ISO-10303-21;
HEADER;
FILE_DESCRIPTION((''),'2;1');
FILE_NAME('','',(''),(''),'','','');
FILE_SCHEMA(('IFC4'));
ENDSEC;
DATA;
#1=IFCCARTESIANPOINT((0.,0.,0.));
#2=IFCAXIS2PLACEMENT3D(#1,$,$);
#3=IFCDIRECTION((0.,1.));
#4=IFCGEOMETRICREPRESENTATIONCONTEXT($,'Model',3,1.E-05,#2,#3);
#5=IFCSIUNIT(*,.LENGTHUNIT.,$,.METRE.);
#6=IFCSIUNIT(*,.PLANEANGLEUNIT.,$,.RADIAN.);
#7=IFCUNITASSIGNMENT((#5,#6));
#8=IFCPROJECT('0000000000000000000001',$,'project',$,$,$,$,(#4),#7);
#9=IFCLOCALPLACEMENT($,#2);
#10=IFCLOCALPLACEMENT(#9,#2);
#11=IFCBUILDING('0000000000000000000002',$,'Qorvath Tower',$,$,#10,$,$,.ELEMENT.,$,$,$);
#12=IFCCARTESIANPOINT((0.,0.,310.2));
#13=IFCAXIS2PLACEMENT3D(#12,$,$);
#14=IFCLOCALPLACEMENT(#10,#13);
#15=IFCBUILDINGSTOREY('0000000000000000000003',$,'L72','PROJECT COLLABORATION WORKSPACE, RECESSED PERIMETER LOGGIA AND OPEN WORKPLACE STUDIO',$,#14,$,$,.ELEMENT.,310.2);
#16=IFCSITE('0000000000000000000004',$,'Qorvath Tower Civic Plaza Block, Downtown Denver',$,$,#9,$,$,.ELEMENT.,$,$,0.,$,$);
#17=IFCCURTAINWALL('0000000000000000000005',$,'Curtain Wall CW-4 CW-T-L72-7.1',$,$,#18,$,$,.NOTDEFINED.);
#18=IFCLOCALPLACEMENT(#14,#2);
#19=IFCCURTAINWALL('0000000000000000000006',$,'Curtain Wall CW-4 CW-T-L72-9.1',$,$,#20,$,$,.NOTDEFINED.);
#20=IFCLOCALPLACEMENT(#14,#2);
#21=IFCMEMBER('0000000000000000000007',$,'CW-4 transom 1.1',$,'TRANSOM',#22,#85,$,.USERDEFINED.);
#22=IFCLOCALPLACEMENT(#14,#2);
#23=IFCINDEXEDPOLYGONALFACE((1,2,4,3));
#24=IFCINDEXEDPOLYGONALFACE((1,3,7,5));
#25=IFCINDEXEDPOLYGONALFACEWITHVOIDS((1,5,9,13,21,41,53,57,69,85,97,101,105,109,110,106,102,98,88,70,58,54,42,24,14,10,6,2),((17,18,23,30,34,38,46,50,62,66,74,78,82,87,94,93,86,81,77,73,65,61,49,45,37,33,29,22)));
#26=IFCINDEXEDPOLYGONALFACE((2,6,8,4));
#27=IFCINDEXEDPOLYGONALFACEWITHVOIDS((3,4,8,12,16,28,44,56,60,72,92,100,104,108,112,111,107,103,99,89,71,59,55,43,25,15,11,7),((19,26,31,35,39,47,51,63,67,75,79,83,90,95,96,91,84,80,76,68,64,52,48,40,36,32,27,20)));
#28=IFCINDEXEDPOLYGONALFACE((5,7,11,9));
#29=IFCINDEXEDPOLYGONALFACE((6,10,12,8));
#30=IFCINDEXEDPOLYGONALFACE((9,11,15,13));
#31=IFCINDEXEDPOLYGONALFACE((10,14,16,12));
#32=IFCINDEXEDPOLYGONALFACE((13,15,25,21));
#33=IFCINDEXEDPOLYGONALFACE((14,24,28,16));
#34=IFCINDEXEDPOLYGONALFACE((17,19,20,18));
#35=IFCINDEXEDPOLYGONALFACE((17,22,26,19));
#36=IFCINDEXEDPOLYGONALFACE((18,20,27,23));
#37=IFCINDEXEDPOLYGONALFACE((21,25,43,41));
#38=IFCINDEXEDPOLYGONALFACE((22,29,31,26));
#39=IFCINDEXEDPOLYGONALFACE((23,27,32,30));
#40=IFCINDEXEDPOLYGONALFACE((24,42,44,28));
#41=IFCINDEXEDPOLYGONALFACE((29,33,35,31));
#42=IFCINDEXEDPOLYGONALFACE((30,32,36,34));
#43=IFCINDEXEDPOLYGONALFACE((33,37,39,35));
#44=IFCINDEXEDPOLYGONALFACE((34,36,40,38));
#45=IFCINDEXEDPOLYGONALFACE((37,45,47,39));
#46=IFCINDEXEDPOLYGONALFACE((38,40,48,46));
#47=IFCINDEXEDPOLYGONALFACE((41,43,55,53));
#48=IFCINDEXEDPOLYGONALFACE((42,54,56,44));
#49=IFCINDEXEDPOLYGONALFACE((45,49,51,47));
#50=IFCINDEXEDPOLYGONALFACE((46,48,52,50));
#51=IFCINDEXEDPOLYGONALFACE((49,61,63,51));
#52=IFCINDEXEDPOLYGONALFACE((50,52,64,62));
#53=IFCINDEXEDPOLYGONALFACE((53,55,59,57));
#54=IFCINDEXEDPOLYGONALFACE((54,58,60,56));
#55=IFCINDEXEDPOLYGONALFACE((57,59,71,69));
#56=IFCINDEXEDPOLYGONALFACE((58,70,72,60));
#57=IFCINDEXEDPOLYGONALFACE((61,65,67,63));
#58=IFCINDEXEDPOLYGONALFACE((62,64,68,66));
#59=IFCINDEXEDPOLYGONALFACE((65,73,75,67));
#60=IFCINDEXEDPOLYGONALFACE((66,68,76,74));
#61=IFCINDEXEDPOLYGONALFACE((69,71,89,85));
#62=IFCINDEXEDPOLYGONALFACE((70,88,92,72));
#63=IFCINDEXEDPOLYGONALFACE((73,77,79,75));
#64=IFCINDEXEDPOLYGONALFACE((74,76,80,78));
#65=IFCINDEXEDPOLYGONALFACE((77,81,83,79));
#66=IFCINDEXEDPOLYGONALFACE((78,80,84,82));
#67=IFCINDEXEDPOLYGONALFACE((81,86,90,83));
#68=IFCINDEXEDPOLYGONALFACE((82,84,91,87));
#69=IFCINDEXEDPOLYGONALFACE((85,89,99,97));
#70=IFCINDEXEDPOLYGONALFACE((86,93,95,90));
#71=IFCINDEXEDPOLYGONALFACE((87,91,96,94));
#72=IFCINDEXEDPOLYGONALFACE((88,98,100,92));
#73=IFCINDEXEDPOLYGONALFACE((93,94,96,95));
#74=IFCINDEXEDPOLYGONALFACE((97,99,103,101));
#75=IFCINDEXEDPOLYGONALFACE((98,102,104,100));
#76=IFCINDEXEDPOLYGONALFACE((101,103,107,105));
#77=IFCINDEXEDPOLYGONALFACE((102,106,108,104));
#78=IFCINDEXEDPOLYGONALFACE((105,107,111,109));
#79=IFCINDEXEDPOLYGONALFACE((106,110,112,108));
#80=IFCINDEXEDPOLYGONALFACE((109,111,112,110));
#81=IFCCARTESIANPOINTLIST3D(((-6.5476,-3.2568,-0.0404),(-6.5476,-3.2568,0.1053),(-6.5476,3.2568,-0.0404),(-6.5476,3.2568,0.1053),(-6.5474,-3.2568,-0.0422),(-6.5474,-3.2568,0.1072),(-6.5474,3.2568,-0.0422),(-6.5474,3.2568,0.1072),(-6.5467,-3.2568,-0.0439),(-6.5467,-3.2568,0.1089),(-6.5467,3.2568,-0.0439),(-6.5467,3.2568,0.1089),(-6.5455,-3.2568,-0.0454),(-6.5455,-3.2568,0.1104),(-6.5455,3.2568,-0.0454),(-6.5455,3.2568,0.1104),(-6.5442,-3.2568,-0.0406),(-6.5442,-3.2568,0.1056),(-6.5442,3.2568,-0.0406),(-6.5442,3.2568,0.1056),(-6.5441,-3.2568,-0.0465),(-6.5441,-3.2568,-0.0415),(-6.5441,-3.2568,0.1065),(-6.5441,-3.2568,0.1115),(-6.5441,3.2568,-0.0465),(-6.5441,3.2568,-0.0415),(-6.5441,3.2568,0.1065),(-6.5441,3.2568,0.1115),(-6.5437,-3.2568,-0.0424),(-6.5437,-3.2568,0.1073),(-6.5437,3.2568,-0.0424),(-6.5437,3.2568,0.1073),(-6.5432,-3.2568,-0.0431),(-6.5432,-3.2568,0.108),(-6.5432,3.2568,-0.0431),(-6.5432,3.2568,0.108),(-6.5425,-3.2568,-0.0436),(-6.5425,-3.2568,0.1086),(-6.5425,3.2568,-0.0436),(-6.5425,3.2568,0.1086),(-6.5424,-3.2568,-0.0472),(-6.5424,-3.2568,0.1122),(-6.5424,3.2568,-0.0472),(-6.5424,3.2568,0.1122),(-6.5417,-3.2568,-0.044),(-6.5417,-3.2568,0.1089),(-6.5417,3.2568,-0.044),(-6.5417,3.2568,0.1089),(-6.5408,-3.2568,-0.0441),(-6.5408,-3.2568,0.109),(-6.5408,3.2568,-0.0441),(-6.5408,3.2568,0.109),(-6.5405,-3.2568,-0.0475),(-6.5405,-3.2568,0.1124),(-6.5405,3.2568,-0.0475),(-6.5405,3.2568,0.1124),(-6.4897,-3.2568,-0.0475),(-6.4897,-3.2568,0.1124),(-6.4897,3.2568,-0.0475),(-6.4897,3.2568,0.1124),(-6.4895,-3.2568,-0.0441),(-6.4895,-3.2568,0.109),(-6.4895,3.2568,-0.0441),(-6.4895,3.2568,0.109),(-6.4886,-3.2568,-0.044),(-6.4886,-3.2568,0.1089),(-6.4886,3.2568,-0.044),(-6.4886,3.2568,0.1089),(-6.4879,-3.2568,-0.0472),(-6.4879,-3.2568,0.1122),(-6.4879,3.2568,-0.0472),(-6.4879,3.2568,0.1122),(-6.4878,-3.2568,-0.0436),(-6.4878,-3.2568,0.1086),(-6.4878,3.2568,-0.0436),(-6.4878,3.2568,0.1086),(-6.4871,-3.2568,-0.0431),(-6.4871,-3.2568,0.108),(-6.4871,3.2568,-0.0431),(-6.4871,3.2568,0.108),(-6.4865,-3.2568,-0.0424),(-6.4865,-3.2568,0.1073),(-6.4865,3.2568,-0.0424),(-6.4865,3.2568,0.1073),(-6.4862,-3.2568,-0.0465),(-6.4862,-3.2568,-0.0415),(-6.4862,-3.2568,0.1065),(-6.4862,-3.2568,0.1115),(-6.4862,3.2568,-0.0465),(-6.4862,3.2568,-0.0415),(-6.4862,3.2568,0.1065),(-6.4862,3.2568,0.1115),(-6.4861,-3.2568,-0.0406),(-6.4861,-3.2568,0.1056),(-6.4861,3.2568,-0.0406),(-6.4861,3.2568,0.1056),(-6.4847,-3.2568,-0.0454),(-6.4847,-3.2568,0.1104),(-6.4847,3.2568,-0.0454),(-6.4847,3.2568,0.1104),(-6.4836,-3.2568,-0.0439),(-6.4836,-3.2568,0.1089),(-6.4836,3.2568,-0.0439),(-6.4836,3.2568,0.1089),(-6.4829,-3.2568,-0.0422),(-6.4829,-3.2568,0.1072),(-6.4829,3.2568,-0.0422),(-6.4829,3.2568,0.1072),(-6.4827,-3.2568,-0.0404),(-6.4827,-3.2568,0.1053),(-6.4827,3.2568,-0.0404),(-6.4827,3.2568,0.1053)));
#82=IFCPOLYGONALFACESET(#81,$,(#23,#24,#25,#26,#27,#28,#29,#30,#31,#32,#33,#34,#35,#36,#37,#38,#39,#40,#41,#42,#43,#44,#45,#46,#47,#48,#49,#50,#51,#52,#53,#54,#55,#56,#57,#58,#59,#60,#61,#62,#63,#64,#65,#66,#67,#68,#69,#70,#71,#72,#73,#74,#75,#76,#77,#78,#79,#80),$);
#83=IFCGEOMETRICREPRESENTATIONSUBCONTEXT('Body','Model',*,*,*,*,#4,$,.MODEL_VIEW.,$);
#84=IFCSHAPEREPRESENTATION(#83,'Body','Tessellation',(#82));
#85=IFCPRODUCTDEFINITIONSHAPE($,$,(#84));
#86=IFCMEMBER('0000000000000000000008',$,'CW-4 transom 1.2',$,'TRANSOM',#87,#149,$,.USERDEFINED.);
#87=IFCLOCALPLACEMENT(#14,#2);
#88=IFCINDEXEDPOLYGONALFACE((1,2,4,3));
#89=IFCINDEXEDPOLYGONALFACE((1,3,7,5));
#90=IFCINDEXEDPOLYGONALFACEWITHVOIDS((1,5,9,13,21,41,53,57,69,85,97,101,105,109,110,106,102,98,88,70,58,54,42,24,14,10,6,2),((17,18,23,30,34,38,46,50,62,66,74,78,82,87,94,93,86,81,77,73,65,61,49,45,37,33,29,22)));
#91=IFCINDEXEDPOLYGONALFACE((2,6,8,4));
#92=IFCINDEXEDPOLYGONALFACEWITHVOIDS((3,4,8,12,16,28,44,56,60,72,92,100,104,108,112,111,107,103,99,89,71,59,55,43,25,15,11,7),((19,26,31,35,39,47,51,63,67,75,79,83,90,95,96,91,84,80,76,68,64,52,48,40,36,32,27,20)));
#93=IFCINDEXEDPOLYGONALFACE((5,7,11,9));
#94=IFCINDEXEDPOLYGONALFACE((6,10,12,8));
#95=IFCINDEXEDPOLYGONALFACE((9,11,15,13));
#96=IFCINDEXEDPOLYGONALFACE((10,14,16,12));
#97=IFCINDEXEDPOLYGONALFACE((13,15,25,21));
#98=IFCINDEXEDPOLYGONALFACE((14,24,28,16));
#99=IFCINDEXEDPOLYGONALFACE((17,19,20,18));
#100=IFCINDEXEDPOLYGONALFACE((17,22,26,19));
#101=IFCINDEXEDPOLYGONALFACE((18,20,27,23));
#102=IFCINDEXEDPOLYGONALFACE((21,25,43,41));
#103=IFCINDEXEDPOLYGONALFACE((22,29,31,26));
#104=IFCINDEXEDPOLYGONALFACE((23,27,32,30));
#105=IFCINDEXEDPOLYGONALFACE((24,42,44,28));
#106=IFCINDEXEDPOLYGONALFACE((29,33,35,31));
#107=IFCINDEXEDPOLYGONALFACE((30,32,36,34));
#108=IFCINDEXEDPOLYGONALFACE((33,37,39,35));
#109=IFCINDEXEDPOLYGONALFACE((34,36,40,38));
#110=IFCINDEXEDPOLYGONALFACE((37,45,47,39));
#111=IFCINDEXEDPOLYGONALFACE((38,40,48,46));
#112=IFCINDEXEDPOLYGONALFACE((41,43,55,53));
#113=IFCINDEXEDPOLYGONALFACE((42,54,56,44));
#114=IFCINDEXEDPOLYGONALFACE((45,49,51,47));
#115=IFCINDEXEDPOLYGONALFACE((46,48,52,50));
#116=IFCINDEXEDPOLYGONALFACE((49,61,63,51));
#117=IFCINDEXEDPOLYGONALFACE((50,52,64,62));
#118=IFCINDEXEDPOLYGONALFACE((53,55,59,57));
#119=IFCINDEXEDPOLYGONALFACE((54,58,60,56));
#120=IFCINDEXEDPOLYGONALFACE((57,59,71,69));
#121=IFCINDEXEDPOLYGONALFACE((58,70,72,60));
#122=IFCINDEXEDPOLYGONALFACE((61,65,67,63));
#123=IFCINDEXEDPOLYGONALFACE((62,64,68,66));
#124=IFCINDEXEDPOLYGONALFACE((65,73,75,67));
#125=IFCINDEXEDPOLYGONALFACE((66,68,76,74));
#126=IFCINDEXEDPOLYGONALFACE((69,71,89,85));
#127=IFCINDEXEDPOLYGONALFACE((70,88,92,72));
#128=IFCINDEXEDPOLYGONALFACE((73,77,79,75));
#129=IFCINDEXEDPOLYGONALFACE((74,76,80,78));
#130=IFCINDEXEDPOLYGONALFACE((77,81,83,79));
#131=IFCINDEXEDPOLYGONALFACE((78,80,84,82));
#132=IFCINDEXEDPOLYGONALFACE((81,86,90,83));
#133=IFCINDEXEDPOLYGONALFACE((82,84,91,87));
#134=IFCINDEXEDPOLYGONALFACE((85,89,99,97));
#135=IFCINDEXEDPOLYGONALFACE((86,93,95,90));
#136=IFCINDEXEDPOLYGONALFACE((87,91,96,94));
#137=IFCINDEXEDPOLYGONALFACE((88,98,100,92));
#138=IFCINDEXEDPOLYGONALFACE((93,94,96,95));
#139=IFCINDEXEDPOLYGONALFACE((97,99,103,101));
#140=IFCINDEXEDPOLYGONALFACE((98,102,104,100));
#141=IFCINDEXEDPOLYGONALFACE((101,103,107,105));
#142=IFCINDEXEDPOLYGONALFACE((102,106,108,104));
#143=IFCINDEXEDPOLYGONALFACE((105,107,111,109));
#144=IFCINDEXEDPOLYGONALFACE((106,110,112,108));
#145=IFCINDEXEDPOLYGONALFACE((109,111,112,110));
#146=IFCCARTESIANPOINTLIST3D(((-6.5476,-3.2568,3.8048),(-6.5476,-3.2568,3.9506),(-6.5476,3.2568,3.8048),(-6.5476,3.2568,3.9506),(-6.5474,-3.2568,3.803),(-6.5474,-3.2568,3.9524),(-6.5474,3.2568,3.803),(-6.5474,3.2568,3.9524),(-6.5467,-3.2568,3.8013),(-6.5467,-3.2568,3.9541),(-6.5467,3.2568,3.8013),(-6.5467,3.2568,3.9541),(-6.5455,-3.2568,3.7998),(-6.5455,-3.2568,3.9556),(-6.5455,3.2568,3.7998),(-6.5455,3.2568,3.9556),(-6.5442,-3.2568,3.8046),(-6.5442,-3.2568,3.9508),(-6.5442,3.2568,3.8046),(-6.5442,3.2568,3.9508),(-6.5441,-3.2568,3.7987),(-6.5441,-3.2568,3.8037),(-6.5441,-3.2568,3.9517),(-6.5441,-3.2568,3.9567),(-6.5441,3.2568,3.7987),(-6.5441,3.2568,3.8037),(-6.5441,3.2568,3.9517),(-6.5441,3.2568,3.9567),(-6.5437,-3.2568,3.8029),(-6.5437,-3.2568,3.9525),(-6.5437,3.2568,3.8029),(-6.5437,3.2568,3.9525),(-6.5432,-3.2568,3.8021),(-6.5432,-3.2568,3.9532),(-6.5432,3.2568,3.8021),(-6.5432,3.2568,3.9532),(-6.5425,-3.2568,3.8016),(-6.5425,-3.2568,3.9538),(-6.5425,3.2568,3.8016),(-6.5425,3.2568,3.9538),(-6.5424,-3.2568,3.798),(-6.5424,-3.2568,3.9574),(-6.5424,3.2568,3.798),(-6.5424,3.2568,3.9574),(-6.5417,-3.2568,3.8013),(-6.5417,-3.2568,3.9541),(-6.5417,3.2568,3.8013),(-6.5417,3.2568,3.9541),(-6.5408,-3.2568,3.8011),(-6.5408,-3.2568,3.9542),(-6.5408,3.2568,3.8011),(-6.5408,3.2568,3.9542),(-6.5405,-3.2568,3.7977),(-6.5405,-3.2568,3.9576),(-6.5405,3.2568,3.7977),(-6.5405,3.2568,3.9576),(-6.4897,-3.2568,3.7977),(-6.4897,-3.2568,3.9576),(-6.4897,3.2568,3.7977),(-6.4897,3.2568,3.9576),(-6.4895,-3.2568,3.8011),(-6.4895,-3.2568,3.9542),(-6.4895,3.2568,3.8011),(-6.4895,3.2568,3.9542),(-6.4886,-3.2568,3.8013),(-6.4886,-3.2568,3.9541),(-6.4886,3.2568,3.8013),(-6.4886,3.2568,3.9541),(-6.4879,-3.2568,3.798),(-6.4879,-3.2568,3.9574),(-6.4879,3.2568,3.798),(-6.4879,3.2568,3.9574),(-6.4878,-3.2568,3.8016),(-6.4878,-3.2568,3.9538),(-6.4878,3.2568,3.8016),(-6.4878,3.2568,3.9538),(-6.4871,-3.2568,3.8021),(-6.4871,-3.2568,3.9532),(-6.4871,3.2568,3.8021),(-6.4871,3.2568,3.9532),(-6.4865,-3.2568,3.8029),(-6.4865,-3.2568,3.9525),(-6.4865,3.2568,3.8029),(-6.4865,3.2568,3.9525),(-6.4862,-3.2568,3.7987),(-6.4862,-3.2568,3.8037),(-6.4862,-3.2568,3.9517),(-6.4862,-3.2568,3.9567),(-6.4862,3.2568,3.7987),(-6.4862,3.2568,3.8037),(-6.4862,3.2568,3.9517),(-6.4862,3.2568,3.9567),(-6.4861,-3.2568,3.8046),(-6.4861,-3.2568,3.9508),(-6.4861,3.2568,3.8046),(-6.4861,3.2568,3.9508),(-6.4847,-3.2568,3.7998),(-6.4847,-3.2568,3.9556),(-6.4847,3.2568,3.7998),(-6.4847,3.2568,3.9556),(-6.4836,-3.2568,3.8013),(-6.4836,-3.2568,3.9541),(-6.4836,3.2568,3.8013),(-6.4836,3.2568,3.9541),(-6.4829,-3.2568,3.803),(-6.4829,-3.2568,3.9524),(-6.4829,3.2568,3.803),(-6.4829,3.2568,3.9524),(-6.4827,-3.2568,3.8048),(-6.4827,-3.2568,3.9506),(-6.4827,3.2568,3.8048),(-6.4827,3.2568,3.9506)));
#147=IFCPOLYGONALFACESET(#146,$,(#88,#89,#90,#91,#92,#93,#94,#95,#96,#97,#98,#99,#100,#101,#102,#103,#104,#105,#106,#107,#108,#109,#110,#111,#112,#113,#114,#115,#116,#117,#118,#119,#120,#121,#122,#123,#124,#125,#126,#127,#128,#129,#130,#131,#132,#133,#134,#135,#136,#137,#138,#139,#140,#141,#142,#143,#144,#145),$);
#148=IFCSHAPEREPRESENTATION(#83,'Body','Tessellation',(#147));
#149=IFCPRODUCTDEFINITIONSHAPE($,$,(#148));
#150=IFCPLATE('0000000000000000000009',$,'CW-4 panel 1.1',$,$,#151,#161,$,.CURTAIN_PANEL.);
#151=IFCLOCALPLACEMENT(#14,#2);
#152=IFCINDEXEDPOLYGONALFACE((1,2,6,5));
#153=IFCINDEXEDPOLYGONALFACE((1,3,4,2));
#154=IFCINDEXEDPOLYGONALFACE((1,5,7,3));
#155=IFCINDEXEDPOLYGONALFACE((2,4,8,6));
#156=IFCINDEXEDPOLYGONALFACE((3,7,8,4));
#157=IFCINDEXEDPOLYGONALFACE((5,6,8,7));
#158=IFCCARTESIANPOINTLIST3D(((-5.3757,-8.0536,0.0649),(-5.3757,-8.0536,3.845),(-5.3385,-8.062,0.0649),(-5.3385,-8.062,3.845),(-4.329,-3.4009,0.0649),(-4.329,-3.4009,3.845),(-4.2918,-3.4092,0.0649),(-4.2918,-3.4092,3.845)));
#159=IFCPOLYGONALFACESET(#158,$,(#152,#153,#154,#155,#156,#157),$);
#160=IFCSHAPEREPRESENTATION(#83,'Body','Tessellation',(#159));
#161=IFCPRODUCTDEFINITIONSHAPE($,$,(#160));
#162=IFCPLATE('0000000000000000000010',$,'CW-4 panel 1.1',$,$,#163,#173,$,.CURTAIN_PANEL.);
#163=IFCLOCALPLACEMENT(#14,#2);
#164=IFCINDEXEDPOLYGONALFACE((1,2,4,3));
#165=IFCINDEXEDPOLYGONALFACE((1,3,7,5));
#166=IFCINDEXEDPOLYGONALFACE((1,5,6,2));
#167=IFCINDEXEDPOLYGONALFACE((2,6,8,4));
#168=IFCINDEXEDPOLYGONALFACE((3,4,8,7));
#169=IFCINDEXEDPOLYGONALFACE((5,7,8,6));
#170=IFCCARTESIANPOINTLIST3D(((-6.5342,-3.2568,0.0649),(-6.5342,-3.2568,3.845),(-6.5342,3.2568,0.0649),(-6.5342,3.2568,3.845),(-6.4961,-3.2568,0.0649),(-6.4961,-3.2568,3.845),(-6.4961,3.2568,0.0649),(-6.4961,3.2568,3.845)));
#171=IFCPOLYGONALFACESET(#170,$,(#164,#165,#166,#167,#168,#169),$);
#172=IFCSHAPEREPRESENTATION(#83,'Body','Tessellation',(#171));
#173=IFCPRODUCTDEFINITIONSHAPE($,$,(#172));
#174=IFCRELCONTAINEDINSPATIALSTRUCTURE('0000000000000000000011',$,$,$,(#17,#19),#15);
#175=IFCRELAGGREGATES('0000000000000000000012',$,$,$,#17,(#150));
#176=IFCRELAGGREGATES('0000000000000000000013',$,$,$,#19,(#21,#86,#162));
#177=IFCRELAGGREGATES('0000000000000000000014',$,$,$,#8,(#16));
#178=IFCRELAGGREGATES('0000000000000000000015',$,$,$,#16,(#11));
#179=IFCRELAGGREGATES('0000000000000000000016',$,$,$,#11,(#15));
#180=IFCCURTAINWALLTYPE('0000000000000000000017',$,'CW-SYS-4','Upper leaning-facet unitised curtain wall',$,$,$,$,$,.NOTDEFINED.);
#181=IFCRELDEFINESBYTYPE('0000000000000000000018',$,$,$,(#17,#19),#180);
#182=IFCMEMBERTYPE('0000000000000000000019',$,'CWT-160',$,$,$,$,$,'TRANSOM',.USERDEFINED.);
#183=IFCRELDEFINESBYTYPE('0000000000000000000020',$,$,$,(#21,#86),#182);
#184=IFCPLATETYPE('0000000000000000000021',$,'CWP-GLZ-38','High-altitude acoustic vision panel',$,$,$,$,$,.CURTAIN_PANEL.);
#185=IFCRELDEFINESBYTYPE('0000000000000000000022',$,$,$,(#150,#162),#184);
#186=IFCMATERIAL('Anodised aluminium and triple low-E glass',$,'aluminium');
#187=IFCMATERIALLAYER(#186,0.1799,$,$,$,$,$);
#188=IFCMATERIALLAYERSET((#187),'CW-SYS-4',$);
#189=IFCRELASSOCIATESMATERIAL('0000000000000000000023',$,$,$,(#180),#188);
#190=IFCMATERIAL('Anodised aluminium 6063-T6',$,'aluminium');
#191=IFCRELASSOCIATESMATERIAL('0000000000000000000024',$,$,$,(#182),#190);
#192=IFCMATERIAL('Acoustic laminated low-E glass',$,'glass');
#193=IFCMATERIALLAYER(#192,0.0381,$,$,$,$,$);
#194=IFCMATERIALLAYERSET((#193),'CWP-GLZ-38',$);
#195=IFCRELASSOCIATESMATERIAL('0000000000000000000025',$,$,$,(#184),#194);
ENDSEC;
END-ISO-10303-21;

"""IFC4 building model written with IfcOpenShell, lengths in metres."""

from ifc_helpers import new_model, si_unit, direction, frame, origin, origin_2d, place, context, subcontext, project, spatial, rectangle, hollow_rectangle, extrude, material, layer, layer_set, material_profile, profile_set, type_object, element, aggregate, save


model = new_model("IFC4")

# Units and contexts
model_context = context("Model", 3, precision=1e-05, world=origin(), true_north=direction((0.0, 1.0)))
body_context = subcontext(model_context, "Body", "Model", "MODEL_VIEW")
ifc_project = project(units=[si_unit("LENGTHUNIT", "METRE"), si_unit("PLANEANGLEUNIT", "RADIAN")], contexts=[model_context])

# Site, building, storey
site_placement = place(None, origin())
site = spatial("IfcSite", under=ifc_project, at=site_placement, Name="Qorvath Tower Civic Plaza Block, Downtown Denver", CompositionType="ELEMENT", RefElevation=0.0)
building_placement = place(site_placement, origin())
building = spatial("IfcBuilding", under=site, at=building_placement, Name="Qorvath Tower", CompositionType="ELEMENT")
storey_placement = place(building_placement, frame((0.0, 0.0, 310.2)))
storey = spatial("IfcBuildingStorey", under=building, at=storey_placement, Name="L72", Description="PROJECT COLLABORATION WORKSPACE, RECESSED PERIMETER LOGGIA AND OPEN WORKPLACE STUDIO", CompositionType="ELEMENT", Elevation=310.2)

# Curtain wall
ifc_material_1 = material(Name="Anodised aluminium and triple low-E glass", Category="aluminium")
ifc_layer_1 = layer(ifc_material_1, 0.1799)
ifc_layer_set_1 = layer_set([ifc_layer_1], Name="CW-SYS-4")
curtain_wall_type = type_object("IfcCurtainWallType", Name="CW-SYS-4", Description="Upper leaning-facet unitised curtain wall", PredefinedType="NOTDEFINED", material=ifc_layer_set_1)
curtain_wall_1_placement = place(storey_placement, origin())
curtain_wall_1 = element("IfcCurtainWall", 1, at=curtain_wall_1_placement, inside=storey, type_object=curtain_wall_type, Name="Curtain Wall CW-4 CW-T-L72-7.1", PredefinedType="NOTDEFINED")

# Curtain wall, members
curtain_wall_2_placement = place(storey_placement, origin())
curtain_wall_2 = element("IfcCurtainWall", 2, at=curtain_wall_2_placement, inside=storey, type_object=curtain_wall_type, Name="Curtain Wall CW-4 CW-T-L72-9.1", PredefinedType="NOTDEFINED")
ifc_material_2 = material(Name="Anodised aluminium 6063-T6", Category="aluminium")
ifc_material_profile_1 = material_profile(ifc_material_2, hollow_rectangle(XDim=0.0649, YDim=0.1599, WallThickness=0.0034, InnerFilletRadius=0.0034, OuterFilletRadius=0.0071, at=origin_2d()), Name="CWT 160x65")
ifc_profile_set_1 = profile_set([ifc_material_profile_1], Name="Anodised aluminium 6063-T6")
member_type_1 = type_object("IfcMemberType", Name="CWT-160", ElementType="TRANSOM", PredefinedType="USERDEFINED", material=ifc_profile_set_1)
member_1_placement = place(storey_placement, frame((-6.5151, -3.2568, 0.0325), z_axis=(0.0, 1.0, 0.0), x_axis=(-1.0, 0.0, 0.0)))
member_1 = element("IfcMember", 3, at=member_1_placement, type_object=member_type_1, Name="CW-4 transom 1.1", ObjectType="TRANSOM", PredefinedType="USERDEFINED", context=body_context, shape_type="SweptSolid", body=[
    extrude(hollow_rectangle(XDim=0.0649, YDim=0.1599, WallThickness=0.0034, InnerFilletRadius=0.0034, OuterFilletRadius=0.0071, at=origin_2d()), origin(), (0.0, 0.0, 1.0), 6.5137),
])
member_2_placement = place(storey_placement, frame((-6.5151, -3.2568, 3.8777), z_axis=(0.0, 1.0, 0.0), x_axis=(-1.0, 0.0, 0.0)))
member_2 = element("IfcMember", 4, at=member_2_placement, type_object=member_type_1, Name="CW-4 transom 1.2", ObjectType="TRANSOM", PredefinedType="USERDEFINED", context=body_context, shape_type="SweptSolid", body=[
    extrude(hollow_rectangle(XDim=0.0649, YDim=0.1599, WallThickness=0.0034, InnerFilletRadius=0.0034, OuterFilletRadius=0.0071, at=origin_2d()), origin(), (0.0, 0.0, 1.0), 6.5137),
])

# Plates
ifc_material_3 = material(Name="Acoustic laminated low-E glass", Category="glass")
ifc_layer_2 = layer(ifc_material_3, 0.0381)
ifc_layer_set_2 = layer_set([ifc_layer_2], Name="CWP-GLZ-38")
plate_type = type_object("IfcPlateType", Name="CWP-GLZ-38", Description="High-altitude acoustic vision panel", PredefinedType="CURTAIN_PANEL", material=ifc_layer_set_2)
plate_1_placement = place(storey_placement, frame((-4.8337, -5.7314, 0.0649), z_axis=(0.0, 0.0, 1.0), x_axis=(0.219474, 0.975618, 0.0)))
plate_1 = element("IfcPlate", 5, at=plate_1_placement, type_object=plate_type, Name="CW-4 panel 1.1", PredefinedType="CURTAIN_PANEL", context=body_context, shape_type="SweptSolid", body=[
    extrude(rectangle(XDim=4.769, YDim=0.0381, at=origin_2d()), origin(), (0.0, 0.0, 1.0), 3.78),
])
aggregate(curtain_wall_1, [plate_1])
plate_2_placement = place(storey_placement, frame((-6.5151, 0.0, 0.0649), z_axis=(0.0, 0.0, 1.0), x_axis=(0.0, 1.0, 0.0)))
plate_2 = element("IfcPlate", 6, at=plate_2_placement, type_object=plate_type, Name="CW-4 panel 1.1", PredefinedType="CURTAIN_PANEL", context=body_context, shape_type="SweptSolid", body=[
    extrude(rectangle(XDim=6.5137, YDim=0.0381, at=origin_2d()), origin(), (0.0, 0.0, 1.0), 3.78),
])
aggregate(curtain_wall_2, [member_1, member_2, plate_2])

save(model, "model.ifc")
